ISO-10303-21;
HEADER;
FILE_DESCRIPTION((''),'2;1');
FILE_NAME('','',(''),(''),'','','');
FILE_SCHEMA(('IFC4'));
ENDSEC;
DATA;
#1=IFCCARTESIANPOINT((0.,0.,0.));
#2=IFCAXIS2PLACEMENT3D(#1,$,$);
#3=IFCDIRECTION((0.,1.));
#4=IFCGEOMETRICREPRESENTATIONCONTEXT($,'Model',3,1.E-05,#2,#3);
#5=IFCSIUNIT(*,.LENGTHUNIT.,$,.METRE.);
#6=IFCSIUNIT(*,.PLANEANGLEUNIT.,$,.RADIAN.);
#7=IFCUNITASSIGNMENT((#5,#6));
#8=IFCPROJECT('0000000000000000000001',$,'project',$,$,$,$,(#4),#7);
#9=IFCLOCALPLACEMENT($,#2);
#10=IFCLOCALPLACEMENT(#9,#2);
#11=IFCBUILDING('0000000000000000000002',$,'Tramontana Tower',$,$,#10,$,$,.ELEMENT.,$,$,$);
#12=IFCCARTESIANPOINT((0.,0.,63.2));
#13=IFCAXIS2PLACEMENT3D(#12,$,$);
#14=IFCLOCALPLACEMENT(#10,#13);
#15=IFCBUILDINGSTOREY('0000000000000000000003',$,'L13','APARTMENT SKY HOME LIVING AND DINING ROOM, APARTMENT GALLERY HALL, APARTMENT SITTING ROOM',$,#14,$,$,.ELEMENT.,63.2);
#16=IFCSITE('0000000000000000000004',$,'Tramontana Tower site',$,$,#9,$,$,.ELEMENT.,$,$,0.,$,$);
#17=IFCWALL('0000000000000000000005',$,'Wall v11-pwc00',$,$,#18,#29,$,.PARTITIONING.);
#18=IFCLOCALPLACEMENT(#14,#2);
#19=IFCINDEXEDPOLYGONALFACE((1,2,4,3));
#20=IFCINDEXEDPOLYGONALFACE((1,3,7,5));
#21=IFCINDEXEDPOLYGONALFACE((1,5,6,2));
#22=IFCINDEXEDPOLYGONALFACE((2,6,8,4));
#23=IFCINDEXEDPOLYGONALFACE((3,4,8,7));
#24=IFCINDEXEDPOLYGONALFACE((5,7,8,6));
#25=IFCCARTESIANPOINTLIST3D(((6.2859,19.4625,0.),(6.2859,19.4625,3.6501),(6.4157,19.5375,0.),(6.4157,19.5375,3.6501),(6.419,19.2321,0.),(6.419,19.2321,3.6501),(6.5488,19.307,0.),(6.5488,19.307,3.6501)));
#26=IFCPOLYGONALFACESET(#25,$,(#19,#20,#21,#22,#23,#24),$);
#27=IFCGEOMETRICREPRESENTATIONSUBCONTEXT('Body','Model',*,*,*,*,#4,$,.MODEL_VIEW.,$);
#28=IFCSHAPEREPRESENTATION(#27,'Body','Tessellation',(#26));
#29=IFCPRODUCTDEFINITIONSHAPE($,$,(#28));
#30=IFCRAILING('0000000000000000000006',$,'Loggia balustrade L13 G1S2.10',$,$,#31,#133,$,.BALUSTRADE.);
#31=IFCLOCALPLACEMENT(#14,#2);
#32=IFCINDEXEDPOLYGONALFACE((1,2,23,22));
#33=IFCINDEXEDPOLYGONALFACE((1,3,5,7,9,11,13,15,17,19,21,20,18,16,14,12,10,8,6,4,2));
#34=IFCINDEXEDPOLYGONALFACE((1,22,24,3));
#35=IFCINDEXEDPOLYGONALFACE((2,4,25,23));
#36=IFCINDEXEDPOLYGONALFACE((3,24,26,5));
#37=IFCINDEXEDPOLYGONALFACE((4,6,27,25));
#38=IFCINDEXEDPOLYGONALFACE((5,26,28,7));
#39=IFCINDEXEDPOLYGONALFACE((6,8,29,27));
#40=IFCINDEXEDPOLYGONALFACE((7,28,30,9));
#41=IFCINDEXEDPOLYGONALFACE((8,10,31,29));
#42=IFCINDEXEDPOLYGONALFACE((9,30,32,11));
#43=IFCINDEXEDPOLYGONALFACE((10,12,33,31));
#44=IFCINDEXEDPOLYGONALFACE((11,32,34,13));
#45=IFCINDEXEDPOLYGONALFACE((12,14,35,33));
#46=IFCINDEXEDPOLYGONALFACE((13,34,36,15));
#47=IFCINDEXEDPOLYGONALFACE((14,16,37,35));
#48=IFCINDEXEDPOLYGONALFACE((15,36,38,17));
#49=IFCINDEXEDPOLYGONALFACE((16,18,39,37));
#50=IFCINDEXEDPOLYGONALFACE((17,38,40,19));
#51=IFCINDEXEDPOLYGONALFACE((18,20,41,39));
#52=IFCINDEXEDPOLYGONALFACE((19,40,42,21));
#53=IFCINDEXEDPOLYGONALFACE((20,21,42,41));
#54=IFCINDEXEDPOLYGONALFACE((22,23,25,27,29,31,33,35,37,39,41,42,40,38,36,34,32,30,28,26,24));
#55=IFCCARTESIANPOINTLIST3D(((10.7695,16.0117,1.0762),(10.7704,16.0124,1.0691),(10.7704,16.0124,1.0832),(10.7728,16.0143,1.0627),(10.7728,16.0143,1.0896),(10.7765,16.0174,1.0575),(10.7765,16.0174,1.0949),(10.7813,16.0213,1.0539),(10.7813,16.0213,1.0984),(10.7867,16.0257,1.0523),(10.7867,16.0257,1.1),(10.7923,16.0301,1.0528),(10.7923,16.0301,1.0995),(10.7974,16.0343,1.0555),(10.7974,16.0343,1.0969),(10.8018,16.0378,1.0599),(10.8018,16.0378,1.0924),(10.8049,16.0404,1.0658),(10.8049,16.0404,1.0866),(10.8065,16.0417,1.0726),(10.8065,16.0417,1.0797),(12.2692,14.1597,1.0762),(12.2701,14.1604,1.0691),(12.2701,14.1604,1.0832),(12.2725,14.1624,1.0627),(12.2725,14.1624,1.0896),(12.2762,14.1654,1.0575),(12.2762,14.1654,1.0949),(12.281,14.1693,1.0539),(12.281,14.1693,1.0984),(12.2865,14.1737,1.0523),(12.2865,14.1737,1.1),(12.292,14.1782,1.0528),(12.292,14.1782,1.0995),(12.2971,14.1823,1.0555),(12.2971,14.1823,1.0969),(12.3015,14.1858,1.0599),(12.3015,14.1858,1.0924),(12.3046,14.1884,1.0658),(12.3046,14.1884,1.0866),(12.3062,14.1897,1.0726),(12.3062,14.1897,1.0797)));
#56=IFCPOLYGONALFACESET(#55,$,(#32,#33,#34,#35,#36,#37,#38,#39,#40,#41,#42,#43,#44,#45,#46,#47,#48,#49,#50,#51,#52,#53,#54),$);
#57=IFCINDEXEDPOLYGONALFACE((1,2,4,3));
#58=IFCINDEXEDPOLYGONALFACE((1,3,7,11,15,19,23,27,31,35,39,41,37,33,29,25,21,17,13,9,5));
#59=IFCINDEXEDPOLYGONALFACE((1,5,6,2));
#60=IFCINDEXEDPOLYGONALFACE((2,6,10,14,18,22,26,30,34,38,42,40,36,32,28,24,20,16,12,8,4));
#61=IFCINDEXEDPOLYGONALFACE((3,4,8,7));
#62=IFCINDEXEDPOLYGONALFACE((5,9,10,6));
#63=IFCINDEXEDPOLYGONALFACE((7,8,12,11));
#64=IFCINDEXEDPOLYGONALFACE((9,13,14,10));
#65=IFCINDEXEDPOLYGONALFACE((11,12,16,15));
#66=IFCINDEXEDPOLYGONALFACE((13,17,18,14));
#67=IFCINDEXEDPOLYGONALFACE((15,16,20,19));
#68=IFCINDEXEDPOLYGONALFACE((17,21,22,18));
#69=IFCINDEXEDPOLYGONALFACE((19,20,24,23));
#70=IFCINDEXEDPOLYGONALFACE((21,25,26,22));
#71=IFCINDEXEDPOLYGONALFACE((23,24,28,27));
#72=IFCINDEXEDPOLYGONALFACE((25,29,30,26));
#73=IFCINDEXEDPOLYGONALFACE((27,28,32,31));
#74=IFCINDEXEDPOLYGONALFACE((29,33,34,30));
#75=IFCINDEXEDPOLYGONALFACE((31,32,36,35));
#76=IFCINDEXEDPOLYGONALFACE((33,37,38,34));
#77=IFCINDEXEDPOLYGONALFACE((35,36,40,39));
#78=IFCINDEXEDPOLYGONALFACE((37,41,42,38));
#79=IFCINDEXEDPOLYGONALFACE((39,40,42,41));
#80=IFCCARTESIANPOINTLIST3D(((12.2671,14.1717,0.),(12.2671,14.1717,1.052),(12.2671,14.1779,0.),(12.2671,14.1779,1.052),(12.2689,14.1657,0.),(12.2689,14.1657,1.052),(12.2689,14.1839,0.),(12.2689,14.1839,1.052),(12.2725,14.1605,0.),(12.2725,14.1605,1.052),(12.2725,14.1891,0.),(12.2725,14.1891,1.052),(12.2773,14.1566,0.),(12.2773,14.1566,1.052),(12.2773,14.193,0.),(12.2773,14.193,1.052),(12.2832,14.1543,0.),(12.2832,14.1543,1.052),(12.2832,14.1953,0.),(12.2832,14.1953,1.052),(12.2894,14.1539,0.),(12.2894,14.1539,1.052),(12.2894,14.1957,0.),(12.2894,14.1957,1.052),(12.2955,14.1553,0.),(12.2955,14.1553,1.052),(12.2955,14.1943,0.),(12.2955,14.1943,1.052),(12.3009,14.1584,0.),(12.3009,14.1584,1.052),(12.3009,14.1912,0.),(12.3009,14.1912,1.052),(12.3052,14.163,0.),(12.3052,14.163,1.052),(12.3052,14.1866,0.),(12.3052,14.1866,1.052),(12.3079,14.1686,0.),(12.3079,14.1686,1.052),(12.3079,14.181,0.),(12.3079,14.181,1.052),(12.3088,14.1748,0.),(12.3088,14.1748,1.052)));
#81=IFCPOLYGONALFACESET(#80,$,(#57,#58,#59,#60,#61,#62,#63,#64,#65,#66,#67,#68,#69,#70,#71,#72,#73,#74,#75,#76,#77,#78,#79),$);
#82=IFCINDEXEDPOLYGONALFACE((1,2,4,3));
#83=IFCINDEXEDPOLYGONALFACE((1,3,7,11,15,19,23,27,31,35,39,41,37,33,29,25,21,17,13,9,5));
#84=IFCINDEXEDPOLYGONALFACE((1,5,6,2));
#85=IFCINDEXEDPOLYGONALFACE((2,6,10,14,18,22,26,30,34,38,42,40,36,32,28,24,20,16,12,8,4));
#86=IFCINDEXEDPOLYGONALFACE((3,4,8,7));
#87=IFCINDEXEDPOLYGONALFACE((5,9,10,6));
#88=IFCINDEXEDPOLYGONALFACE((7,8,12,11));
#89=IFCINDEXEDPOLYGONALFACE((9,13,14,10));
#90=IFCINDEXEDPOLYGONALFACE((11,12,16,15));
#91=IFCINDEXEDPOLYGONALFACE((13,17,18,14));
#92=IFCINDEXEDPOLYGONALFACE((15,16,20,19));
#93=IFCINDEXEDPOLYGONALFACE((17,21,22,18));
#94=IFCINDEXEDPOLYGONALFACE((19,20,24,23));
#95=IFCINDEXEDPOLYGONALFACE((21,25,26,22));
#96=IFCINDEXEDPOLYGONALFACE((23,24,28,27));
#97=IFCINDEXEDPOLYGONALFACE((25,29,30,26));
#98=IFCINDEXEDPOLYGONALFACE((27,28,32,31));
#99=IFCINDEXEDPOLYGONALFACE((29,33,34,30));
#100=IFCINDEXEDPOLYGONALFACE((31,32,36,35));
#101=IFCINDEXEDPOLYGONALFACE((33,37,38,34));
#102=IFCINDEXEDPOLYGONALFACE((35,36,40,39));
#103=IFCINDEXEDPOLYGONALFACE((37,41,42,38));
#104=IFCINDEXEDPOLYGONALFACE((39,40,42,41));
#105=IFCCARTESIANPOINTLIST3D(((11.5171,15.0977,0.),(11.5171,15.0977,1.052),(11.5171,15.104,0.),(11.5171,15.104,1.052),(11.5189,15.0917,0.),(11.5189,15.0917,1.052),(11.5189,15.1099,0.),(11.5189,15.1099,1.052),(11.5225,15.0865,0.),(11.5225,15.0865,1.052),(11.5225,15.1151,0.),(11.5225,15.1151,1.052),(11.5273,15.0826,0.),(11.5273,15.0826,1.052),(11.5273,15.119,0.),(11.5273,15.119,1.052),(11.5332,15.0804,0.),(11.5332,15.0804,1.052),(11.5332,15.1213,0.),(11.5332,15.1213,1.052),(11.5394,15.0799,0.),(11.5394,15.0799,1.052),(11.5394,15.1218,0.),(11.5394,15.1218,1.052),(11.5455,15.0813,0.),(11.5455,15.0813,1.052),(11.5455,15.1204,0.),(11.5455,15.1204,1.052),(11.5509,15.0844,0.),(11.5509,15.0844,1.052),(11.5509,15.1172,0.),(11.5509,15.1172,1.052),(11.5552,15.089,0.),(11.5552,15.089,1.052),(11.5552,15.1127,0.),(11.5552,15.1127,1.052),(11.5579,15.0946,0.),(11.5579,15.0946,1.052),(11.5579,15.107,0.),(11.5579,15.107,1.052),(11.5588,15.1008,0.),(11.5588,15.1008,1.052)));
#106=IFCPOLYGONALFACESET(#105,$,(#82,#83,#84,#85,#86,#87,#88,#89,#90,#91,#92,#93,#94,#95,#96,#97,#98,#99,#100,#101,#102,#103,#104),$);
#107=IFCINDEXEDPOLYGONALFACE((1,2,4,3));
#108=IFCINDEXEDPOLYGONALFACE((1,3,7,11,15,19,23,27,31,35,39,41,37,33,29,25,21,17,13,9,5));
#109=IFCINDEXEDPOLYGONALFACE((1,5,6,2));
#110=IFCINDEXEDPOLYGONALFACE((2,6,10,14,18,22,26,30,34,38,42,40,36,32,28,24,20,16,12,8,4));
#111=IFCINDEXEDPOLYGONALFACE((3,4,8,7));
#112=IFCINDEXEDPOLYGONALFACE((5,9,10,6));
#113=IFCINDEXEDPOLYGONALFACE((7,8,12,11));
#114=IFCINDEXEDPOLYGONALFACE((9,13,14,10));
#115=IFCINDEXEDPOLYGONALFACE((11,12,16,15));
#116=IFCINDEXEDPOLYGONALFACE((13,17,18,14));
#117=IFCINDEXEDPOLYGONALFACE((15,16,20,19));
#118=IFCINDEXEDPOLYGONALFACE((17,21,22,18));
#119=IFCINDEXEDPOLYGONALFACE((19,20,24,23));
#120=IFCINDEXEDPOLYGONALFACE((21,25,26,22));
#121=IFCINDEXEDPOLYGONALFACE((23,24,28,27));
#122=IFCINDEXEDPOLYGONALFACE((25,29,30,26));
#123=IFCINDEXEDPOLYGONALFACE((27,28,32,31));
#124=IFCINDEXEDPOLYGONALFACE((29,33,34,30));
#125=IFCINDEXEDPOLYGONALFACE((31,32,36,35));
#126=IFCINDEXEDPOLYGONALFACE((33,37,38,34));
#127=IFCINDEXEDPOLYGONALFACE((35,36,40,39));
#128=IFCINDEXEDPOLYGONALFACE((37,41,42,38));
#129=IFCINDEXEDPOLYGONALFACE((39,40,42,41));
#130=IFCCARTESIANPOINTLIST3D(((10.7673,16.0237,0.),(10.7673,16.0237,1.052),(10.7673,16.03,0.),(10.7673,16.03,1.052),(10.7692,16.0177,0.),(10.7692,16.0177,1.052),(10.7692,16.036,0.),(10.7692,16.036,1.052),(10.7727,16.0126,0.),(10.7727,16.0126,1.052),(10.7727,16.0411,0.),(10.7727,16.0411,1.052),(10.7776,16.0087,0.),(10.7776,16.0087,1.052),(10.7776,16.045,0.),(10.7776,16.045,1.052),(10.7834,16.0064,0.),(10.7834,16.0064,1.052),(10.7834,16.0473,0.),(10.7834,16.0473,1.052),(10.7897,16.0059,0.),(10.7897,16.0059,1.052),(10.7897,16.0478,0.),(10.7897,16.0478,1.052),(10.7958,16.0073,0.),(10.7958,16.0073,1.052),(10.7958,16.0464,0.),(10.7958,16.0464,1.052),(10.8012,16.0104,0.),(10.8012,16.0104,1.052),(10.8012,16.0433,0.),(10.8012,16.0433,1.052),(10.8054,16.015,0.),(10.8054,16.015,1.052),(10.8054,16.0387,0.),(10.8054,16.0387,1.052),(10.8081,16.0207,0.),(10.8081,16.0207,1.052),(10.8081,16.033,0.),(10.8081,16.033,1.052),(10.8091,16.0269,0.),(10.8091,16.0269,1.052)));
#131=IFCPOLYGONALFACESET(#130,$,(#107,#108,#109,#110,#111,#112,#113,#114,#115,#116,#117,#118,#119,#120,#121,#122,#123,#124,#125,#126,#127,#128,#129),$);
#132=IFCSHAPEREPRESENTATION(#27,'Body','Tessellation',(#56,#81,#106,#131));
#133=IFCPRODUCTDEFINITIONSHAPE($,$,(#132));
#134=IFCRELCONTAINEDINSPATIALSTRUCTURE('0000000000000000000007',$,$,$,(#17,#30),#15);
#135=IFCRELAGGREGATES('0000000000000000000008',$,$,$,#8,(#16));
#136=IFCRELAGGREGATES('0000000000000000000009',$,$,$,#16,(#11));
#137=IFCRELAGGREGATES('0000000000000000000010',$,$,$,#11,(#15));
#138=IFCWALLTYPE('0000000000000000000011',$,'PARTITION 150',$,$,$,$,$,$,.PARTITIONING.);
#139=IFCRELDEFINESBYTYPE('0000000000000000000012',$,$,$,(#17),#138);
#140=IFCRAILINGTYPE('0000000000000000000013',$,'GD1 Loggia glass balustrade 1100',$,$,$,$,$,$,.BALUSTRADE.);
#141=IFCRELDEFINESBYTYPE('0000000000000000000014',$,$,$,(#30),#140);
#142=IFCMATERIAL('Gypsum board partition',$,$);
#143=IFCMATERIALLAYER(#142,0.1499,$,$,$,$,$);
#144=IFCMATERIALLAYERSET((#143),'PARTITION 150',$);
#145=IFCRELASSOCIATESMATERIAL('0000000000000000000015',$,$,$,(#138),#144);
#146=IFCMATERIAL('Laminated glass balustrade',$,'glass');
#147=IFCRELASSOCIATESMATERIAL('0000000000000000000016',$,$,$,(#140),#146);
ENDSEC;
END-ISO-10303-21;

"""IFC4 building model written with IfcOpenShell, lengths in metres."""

from ifc_helpers import new_model, si_unit, direction, frame, frame_2d, origin, origin_2d, place, context, subcontext, project, spatial, rectangle, circle, extrude, material, layer, layer_set, type_object, element, save


model = new_model("IFC4")

# Units and contexts
model_context = context("Model", 3, precision=1e-05, world=origin(), true_north=direction((0.0, 1.0)))
body_context = subcontext(model_context, "Body", "Model", "MODEL_VIEW")
ifc_project = project(units=[si_unit("LENGTHUNIT", "METRE"), si_unit("PLANEANGLEUNIT", "RADIAN")], contexts=[model_context])

# Site, building, storey
site_placement = place(None, origin())
site = spatial("IfcSite", under=ifc_project, at=site_placement, Name="Tramontana Tower site", CompositionType="ELEMENT", RefElevation=0.0)
building_placement = place(site_placement, origin())
building = spatial("IfcBuilding", under=site, at=building_placement, Name="Tramontana Tower", CompositionType="ELEMENT")
storey_placement = place(building_placement, frame((0.0, 0.0, 63.2)))
storey = spatial("IfcBuildingStorey", under=building, at=storey_placement, Name="L13", Description="APARTMENT SKY HOME LIVING AND DINING ROOM, APARTMENT GALLERY HALL, APARTMENT SITTING ROOM", CompositionType="ELEMENT", Elevation=63.2)

# Wall
ifc_material_1 = material(Name="Gypsum board partition")
ifc_layer_1 = layer(ifc_material_1, 0.1499)
ifc_layer_set_1 = layer_set([ifc_layer_1], Name="PARTITION 150")
wall_type_1 = type_object("IfcWallType", Name="PARTITION 150", PredefinedType="PARTITIONING", material=ifc_layer_set_1)
wall_1_placement = place(storey_placement, frame((6.3508, 19.5, 0.0), z_axis=(0.0, 0.0, 1.0), x_axis=(0.499987, -0.866033, 0.0)))
element("IfcWall", 1, at=wall_1_placement, inside=storey, type_object=wall_type_1, Name="Wall v11-pwc00", PredefinedType="PARTITIONING", context=body_context, shape_type="SweptSolid", body=[
    extrude(rectangle(XDim=0.2661, YDim=0.1499, at=frame_2d((0.1331, 0.0))), origin(), (0.0, 0.0, 1.0), 3.6501),
])

# Railing
ifc_material_2 = material(Name="Laminated glass balustrade", Category="glass")
railing_type = type_object("IfcRailingType", Name="GD1 Loggia glass balustrade 1100", PredefinedType="BALUSTRADE", material=ifc_material_2)
railing_1_placement = place(storey_placement, frame((12.2878, 14.1748, 0.0)))
element("IfcRailing", 2, at=railing_1_placement, inside=storey, type_object=railing_type, Name="Loggia balustrade L13 G1S2.10", PredefinedType="BALUSTRADE", context=body_context, shape_type="SweptSolid", body=[
    extrude(circle(Radius=0.0239, at=origin_2d()), frame((0.0, 0.0, 1.0762), z_axis=(-0.629319, 0.777147, 0.0), x_axis=(-0.777147, -0.629319, 0.0)), (0.0, 0.0, 1.0), 2.3831),
    extrude(circle(Radius=0.021, at=origin_2d()), origin(), (0.0, 0.0, 1.0), 1.052),
    extrude(circle(Radius=0.021, at=origin_2d()), frame((-0.75, 0.926, 0.0)), (0.0, 0.0, 1.0), 1.052),
    extrude(circle(Radius=0.021, at=origin_2d()), frame((-1.4998, 1.8521, 0.0)), (0.0, 0.0, 1.0), 1.052),
])

save(model, "model.ifc")
